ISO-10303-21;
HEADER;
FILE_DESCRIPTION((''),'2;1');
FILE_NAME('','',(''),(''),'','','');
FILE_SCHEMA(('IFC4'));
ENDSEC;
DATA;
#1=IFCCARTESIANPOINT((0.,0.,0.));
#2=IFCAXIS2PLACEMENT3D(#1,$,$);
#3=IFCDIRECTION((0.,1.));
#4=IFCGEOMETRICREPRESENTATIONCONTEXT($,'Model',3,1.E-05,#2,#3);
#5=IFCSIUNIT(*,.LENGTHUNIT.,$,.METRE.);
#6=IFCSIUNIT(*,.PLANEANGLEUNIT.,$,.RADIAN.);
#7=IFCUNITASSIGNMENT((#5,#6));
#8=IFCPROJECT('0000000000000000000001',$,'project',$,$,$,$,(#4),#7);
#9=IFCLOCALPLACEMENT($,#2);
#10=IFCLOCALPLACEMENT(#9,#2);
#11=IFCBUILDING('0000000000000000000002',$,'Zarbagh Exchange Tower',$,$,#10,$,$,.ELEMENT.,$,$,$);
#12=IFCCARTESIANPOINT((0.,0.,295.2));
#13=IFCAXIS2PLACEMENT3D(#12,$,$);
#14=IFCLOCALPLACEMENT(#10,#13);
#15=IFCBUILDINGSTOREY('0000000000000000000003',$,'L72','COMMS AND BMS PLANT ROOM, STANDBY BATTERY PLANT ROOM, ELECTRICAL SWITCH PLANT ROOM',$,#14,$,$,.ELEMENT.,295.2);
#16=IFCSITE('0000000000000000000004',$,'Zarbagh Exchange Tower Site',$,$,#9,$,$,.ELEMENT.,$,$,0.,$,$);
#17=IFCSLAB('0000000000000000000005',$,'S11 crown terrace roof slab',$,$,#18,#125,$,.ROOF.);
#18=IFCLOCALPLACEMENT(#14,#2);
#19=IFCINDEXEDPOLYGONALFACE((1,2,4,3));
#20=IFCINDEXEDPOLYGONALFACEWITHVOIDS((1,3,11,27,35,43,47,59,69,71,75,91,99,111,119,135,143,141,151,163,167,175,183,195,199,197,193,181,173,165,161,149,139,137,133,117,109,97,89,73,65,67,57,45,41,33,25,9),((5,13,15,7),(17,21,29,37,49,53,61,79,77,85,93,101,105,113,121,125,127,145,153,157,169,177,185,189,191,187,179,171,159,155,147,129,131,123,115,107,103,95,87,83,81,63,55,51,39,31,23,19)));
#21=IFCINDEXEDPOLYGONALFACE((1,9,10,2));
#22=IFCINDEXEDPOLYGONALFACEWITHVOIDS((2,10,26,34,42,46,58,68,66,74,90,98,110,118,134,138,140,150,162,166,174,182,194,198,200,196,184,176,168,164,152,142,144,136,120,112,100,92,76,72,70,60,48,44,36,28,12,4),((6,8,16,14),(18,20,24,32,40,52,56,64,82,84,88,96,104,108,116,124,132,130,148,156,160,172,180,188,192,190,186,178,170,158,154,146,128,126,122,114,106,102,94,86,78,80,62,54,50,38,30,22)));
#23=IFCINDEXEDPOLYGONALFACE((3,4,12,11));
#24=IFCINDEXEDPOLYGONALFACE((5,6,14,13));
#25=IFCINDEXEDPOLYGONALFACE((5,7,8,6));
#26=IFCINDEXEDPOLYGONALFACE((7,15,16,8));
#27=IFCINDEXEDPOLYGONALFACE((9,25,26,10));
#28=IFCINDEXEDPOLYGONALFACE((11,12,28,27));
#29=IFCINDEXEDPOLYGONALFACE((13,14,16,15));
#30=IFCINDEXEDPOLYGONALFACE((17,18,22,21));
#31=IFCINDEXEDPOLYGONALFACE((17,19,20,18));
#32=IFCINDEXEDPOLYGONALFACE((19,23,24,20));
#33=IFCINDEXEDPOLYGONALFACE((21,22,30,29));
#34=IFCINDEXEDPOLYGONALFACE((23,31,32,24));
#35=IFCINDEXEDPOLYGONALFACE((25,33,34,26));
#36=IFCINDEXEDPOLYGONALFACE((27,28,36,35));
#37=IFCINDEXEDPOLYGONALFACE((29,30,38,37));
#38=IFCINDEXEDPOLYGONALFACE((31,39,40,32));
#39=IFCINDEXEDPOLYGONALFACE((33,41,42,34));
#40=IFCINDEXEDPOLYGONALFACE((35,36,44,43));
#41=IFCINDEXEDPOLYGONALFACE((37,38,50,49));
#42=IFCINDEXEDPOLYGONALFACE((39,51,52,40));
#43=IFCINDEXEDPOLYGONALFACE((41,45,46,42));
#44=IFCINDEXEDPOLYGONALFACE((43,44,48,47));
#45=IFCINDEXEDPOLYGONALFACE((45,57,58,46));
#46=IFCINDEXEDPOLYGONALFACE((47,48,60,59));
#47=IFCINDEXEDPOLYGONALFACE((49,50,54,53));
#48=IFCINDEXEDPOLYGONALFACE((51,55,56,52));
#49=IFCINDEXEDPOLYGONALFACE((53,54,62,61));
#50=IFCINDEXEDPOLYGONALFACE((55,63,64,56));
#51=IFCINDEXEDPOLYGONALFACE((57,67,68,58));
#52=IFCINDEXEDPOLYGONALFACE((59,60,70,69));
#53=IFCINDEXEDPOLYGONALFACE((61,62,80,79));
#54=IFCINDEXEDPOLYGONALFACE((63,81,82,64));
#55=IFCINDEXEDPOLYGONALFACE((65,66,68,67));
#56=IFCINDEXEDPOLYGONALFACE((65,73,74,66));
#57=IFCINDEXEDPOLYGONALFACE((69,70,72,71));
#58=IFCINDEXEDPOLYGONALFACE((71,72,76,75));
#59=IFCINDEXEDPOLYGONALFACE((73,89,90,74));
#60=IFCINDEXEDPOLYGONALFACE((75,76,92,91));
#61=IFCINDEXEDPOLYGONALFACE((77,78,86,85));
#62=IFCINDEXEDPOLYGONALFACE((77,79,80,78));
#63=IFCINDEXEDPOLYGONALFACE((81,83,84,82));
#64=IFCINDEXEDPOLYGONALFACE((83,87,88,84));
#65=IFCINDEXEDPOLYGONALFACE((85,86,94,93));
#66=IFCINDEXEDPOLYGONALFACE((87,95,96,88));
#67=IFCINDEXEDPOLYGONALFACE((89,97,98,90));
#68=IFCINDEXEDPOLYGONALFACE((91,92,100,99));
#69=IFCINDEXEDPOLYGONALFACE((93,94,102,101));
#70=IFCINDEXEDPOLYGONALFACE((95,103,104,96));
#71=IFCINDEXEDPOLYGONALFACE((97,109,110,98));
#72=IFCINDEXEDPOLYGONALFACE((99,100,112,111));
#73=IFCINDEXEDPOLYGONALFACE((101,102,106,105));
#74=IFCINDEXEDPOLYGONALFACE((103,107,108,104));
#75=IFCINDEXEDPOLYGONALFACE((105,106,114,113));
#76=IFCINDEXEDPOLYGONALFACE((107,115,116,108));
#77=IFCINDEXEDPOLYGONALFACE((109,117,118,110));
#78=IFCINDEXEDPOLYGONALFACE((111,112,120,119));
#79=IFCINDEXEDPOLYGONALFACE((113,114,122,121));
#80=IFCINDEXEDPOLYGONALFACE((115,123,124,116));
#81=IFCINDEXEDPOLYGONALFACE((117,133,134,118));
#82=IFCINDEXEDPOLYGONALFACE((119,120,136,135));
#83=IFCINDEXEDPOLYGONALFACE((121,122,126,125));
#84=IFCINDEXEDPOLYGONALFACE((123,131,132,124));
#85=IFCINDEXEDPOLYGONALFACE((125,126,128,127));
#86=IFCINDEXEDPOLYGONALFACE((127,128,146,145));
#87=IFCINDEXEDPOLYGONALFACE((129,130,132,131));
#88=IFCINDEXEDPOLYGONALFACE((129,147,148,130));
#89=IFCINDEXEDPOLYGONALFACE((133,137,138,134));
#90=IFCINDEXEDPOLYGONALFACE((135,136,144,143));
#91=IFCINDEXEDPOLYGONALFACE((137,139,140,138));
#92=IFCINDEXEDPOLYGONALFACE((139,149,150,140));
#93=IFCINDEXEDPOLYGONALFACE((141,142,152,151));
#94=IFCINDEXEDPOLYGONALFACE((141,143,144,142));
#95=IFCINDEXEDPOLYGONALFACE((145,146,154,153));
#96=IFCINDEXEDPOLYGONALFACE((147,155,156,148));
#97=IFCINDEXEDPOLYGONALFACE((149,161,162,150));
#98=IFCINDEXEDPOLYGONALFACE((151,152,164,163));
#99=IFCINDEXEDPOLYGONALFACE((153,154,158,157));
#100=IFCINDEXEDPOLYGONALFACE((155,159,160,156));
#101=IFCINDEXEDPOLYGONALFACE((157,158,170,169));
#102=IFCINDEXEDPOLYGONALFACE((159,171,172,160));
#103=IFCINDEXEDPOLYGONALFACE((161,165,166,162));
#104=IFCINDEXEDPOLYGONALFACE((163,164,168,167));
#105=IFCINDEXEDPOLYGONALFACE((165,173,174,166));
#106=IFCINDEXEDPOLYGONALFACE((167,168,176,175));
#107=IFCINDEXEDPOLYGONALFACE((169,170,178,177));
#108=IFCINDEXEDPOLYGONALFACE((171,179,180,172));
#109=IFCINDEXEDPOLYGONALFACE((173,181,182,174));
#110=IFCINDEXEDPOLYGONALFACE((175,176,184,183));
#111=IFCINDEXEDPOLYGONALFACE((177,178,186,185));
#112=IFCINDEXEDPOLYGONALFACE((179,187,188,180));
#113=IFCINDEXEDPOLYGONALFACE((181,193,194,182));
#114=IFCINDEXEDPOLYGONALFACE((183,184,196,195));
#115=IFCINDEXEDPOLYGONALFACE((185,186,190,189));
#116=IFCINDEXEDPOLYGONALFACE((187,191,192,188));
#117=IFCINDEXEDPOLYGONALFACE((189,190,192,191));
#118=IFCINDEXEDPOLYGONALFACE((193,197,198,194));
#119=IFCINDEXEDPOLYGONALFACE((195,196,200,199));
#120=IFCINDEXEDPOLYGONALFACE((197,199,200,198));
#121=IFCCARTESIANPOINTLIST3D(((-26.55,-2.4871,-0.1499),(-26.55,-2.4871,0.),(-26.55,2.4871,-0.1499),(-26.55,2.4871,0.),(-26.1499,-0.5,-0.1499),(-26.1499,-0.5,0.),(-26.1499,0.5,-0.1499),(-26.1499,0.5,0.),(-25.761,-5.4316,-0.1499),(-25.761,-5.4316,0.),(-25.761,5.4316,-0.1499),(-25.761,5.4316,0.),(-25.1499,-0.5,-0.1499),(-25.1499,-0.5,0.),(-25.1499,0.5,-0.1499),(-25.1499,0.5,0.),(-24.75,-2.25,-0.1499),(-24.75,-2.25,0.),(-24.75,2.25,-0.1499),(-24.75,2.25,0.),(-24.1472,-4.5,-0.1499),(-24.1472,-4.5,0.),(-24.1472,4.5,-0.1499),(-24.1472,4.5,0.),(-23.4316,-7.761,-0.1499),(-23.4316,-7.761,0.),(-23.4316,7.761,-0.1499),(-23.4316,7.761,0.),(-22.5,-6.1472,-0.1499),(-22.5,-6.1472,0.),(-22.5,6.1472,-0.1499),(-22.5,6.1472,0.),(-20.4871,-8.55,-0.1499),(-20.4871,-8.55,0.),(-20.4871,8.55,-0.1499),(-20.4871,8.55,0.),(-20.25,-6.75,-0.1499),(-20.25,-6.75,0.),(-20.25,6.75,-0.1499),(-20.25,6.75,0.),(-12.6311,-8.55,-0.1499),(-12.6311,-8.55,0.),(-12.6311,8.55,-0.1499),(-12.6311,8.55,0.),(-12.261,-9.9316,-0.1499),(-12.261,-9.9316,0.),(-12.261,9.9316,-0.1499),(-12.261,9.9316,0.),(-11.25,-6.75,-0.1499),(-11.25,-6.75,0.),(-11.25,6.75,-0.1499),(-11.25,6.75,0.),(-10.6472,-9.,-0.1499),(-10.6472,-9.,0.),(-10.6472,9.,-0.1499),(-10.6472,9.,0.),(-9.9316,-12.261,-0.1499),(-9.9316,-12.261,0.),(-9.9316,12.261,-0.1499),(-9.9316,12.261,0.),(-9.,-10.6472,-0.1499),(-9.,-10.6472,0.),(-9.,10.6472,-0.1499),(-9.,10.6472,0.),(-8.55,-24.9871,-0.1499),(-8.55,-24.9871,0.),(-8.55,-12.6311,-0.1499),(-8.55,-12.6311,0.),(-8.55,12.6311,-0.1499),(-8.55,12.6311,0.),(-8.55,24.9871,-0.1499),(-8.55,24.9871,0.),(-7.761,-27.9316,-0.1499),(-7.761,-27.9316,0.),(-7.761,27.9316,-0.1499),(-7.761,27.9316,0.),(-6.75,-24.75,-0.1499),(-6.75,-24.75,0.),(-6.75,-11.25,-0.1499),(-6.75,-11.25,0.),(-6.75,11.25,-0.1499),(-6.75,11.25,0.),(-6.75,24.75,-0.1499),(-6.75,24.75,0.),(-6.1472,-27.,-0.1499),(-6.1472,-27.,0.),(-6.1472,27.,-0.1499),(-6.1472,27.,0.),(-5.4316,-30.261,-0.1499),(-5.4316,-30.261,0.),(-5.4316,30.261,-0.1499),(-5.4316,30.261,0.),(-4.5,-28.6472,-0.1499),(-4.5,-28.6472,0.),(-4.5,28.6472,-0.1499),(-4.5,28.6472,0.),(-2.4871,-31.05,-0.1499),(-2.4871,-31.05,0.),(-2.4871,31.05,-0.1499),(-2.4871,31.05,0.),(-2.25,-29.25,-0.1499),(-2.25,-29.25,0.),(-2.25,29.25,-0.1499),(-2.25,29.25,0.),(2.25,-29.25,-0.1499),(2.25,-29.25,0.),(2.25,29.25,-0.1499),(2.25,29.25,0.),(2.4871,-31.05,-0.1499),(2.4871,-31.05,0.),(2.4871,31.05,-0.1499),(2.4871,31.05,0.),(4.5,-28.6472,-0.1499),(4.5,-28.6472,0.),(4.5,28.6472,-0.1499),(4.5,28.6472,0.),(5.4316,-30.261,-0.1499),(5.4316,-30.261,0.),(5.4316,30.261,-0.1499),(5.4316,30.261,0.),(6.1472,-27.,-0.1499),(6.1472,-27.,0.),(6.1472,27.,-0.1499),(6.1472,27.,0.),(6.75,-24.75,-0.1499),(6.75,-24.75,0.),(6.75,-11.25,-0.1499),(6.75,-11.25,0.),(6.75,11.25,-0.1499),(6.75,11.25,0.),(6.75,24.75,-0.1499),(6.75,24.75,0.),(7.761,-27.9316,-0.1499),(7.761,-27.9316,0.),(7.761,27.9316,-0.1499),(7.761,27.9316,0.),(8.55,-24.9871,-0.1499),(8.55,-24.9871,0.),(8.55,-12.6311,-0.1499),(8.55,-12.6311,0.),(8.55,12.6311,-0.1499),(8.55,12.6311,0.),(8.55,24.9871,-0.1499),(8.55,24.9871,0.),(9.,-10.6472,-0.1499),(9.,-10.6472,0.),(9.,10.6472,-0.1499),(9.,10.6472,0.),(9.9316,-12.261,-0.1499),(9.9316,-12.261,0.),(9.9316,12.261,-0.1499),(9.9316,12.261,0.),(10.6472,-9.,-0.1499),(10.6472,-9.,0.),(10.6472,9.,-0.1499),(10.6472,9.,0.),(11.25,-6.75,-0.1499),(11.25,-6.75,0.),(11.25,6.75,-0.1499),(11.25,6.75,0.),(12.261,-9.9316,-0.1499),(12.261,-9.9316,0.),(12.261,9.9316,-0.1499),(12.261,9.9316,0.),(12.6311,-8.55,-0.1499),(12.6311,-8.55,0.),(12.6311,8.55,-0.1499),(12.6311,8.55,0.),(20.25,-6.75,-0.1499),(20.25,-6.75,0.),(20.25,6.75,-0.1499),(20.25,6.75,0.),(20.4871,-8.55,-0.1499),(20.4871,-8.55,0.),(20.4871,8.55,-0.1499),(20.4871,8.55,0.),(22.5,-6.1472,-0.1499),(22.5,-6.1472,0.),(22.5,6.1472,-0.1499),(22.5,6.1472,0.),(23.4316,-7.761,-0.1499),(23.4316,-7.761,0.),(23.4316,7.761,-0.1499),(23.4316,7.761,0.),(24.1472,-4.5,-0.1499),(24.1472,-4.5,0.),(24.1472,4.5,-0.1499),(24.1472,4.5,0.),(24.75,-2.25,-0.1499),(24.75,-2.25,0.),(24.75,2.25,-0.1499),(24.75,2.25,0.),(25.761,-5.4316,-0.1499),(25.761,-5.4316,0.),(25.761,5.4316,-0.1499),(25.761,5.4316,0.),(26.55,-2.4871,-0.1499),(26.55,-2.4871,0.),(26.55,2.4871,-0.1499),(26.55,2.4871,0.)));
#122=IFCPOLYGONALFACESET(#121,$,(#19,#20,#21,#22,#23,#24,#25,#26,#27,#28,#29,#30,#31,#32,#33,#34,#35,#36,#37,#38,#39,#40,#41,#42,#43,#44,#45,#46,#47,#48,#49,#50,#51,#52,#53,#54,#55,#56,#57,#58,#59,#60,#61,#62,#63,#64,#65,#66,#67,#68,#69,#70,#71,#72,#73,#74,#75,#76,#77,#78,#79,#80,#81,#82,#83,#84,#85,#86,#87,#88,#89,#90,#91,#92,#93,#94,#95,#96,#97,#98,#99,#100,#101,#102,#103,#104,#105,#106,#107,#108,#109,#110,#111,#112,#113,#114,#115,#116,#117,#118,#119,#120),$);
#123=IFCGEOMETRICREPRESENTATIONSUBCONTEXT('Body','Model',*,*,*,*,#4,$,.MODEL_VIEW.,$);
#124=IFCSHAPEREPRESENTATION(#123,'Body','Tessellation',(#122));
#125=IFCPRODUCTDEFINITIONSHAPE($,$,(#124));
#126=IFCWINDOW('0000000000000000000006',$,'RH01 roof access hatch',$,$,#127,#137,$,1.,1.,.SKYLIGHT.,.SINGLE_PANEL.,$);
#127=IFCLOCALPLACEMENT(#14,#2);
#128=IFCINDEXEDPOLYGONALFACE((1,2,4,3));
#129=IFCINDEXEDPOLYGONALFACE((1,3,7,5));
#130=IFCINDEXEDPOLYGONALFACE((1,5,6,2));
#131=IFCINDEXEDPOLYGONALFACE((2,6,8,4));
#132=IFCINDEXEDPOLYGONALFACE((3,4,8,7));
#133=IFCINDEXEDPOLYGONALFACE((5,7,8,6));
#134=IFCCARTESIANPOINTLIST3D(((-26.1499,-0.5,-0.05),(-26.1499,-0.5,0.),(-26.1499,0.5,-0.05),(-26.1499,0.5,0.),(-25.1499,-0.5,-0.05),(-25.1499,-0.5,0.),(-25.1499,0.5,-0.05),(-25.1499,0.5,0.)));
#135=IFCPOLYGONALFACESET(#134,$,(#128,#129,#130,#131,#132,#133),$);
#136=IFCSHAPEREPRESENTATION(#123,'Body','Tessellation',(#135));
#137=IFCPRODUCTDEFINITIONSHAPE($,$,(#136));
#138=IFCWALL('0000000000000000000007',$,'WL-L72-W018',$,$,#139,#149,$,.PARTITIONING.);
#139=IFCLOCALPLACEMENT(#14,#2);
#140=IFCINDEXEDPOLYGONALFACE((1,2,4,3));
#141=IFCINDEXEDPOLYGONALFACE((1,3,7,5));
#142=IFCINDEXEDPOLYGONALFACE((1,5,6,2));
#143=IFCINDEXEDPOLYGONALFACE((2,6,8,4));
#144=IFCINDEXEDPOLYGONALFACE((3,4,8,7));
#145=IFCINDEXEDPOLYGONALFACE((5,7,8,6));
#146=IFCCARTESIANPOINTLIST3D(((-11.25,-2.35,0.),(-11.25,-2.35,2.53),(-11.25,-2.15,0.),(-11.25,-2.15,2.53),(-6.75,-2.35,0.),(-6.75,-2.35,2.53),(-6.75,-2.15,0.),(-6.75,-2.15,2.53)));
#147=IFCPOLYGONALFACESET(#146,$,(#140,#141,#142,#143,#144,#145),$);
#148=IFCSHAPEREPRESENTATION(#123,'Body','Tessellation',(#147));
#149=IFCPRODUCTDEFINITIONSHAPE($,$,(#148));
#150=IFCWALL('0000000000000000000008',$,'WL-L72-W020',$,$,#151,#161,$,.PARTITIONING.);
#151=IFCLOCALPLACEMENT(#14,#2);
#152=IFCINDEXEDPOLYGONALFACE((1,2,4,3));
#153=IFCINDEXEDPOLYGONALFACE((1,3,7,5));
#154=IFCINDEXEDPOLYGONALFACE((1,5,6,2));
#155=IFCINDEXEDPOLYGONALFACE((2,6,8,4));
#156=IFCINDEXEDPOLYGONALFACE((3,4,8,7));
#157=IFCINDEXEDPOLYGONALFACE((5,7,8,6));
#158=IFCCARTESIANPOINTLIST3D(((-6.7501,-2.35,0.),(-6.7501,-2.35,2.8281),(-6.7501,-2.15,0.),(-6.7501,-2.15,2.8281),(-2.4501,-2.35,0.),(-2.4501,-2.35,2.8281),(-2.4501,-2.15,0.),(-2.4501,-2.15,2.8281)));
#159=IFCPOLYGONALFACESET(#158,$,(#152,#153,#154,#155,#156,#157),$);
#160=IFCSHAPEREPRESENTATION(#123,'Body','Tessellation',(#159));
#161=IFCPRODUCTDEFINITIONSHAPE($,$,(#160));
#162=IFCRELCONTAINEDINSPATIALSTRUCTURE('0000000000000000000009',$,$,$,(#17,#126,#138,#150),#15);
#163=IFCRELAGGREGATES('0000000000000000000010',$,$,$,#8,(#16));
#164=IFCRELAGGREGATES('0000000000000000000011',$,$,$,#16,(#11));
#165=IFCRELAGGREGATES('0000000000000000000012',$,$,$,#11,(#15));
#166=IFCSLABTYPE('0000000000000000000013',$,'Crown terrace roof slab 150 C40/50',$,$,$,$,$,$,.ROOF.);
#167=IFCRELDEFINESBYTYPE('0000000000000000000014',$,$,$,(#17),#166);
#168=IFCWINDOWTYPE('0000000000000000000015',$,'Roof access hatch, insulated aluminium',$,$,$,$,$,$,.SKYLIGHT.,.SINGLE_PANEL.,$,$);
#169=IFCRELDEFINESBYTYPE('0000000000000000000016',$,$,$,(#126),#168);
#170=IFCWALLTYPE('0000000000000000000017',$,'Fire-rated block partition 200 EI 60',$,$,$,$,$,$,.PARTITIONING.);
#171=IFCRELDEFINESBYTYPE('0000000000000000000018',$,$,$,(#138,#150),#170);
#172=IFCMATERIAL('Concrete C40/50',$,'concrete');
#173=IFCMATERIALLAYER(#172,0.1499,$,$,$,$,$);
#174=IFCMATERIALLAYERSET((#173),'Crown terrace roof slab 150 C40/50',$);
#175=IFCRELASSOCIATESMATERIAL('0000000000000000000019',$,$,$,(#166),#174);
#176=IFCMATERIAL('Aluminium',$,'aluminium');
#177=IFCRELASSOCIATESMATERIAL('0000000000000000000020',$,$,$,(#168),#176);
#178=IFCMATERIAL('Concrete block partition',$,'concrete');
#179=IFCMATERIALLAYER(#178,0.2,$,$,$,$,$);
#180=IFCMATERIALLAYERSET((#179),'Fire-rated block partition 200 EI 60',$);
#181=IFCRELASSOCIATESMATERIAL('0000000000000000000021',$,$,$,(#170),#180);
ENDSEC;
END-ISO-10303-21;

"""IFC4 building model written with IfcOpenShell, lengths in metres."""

from ifc_helpers import new_model, si_unit, direction, frame, frame_2d, origin, origin_2d, place, context, subcontext, project, spatial, polyline, rectangle, outline, extrude, material, layer, layer_set, type_object, element, fill, save


model = new_model("IFC4")

# Units and contexts
model_context = context("Model", 3, precision=1e-05, world=origin(), true_north=direction((0.0, 1.0)))
body_context = subcontext(model_context, "Body", "Model", "MODEL_VIEW")
ifc_project = project(units=[si_unit("LENGTHUNIT", "METRE"), si_unit("PLANEANGLEUNIT", "RADIAN")], contexts=[model_context])

# Site, building, storey
site_placement = place(None, origin())
site = spatial("IfcSite", under=ifc_project, at=site_placement, Name="Zarbagh Exchange Tower Site", CompositionType="ELEMENT", RefElevation=0.0)
building_placement = place(site_placement, origin())
building = spatial("IfcBuilding", under=site, at=building_placement, Name="Zarbagh Exchange Tower", CompositionType="ELEMENT")
storey_placement = place(building_placement, frame((0.0, 0.0, 295.2)))
storey = spatial("IfcBuildingStorey", under=building, at=storey_placement, Name="L72", Description="COMMS AND BMS PLANT ROOM, STANDBY BATTERY PLANT ROOM, ELECTRICAL SWITCH PLANT ROOM", CompositionType="ELEMENT", Elevation=295.2)

# Shared definitions
ifc_material_1 = material(Name="Concrete C40/50", Category="concrete")

# Slab, opening, window
ifc_layer_1 = layer(ifc_material_1, 0.1499)
ifc_layer_set_1 = layer_set([ifc_layer_1], Name="Crown terrace roof slab 150 C40/50")
slab_type_1 = type_object("IfcSlabType", Name="Crown terrace roof slab 150 C40/50", PredefinedType="ROOF", material=ifc_layer_set_1)
slab_1_placement = place(storey_placement, frame((0.0, 0.0, -0.1499)))
slab_1 = element("IfcSlab", 1, at=slab_1_placement, inside=storey, type_object=slab_type_1, Name="S11 crown terrace roof slab", PredefinedType="ROOF", context=body_context, shape_type="SweptSolid", body=[
    extrude(outline(polyline([(-2.4871, -31.05), (-5.4316, -30.261), (-7.761, -27.9316), (-8.55, -24.9871), (-8.55, -12.6311), (-9.9316, -12.261), (-12.261, -9.9316), (-12.6311, -8.55), (-20.4871, -8.55), (-23.4316, -7.761), (-25.761, -5.4316), (-26.55, -2.4871), (-26.55, 2.4871), (-25.761, 5.4316), (-23.4316, 7.761), (-20.4871, 8.55), (-12.6311, 8.55), (-12.261, 9.9316), (-9.9316, 12.261), (-8.55, 12.6311), (-8.55, 24.9871), (-7.761, 27.9316), (-5.4316, 30.261), (-2.4871, 31.05), (2.4871, 31.05), (5.4316, 30.261), (7.761, 27.9316), (8.55, 24.9871), (8.55, 12.6311), (9.9316, 12.261), (12.261, 9.9316), (12.6311, 8.55), (20.4871, 8.55), (23.4316, 7.761), (25.761, 5.4316), (26.55, 2.4871), (26.55, -2.4871), (25.761, -5.4316), (23.4316, -7.761), (20.4871, -8.55), (12.6311, -8.55), (12.261, -9.9316), (9.9316, -12.261), (8.55, -12.6311), (8.55, -24.9871), (7.761, -27.9316), (5.4316, -30.261), (2.4871, -31.05), (-2.4871, -31.05)]), holes=[polyline([(4.5, -28.6472), (6.1472, -27.0), (6.75, -24.75), (6.75, -11.25), (9.0, -10.6472), (10.6472, -9.0), (11.25, -6.75), (20.25, -6.75), (22.5, -6.1472), (24.1472, -4.5), (24.75, -2.25), (24.75, 2.25), (24.1472, 4.5), (22.5, 6.1472), (20.25, 6.75), (11.25, 6.75), (10.6472, 9.0), (9.0, 10.6472), (6.75, 11.25), (6.75, 24.75), (6.1472, 27.0), (4.5, 28.6472), (2.25, 29.25), (-2.25, 29.25), (-4.5, 28.6472), (-6.1472, 27.0), (-6.75, 24.75), (-6.75, 11.25), (-9.0, 10.6472), (-10.6472, 9.0), (-11.25, 6.75), (-20.25, 6.75), (-22.5, 6.1472), (-24.1472, 4.5), (-24.75, 2.25), (-24.75, -2.25), (-24.1472, -4.5), (-22.5, -6.1472), (-20.25, -6.75), (-11.25, -6.75), (-10.6472, -9.0), (-9.0, -10.6472), (-6.75, -11.25), (-6.75, -24.75), (-6.1472, -27.0), (-4.5, -28.6472), (-2.25, -29.25), (2.25, -29.25), (4.5, -28.6472)])]), origin(), (0.0, 0.0, 1.0), 0.1499),
])
opening_1_placement = place(slab_1_placement, frame((-25.6499, 0.0, 0.0)))
opening_1 = element("IfcOpeningElement", 2, at=opening_1_placement, cuts=slab_1, PredefinedType="OPENING", context=body_context, shape_type="SweptSolid", body=[
    extrude(rectangle(XDim=1.0, YDim=1.0, at=origin_2d()), frame((0.0, 0.0, -0.01)), (0.0, 0.0, 1.0), 0.1699),
])
ifc_material_2 = material(Name="Aluminium", Category="aluminium")
window_type = type_object("IfcWindowType", Name="Roof access hatch, insulated aluminium", PartitioningType="SINGLE_PANEL", PredefinedType="SKYLIGHT", material=ifc_material_2)
window_placement = place(opening_1_placement, frame((0.0, 0.0, 0.0999)))
window = element("IfcWindow", 3, at=window_placement, inside=storey, type_object=window_type, Name="RH01 roof access hatch", OverallHeight=1.0, OverallWidth=1.0, PartitioningType="SINGLE_PANEL", PredefinedType="SKYLIGHT", context=body_context, shape_type="SweptSolid", body=[
    extrude(rectangle(XDim=1.0, YDim=1.0, at=origin_2d()), origin(), (0.0, 0.0, 1.0), 0.05),
])
fill(opening_1, window)

# Walls
ifc_material_3 = material(Name="Concrete block partition", Category="concrete")
ifc_layer_2 = layer(ifc_material_3, 0.2)
ifc_layer_set_2 = layer_set([ifc_layer_2], Name="Fire-rated block partition 200 EI 60")
wall_type_1 = type_object("IfcWallType", Name="Fire-rated block partition 200 EI 60", PredefinedType="PARTITIONING", material=ifc_layer_set_2)
wall_1_placement = place(storey_placement, frame((-11.25, -2.25, 0.0), z_axis=(0.0, 0.0, 1.0), x_axis=(1.0, 0.0, 0.0)))
element("IfcWall", 4, at=wall_1_placement, inside=storey, type_object=wall_type_1, Name="WL-L72-W018", PredefinedType="PARTITIONING", context=body_context, shape_type="SweptSolid", body=[
    extrude(rectangle(XDim=4.5, YDim=0.2, at=frame_2d((2.25, 0.0))), origin(), (0.0, 0.0, 1.0), 2.53),
])
wall_2_placement = place(storey_placement, frame((-6.75, -2.25, 0.0), z_axis=(0.0, 0.0, 1.0), x_axis=(1.0, 0.0, 0.0)))
element("IfcWall", 5, at=wall_2_placement, inside=storey, type_object=wall_type_1, Name="WL-L72-W020", PredefinedType="PARTITIONING", context=body_context, shape_type="SweptSolid", body=[
    extrude(rectangle(XDim=4.3, YDim=0.2, at=frame_2d((2.1499, 0.0))), origin(), (0.0, 0.0, 1.0), 2.8281),
])

save(model, "model.ifc")
